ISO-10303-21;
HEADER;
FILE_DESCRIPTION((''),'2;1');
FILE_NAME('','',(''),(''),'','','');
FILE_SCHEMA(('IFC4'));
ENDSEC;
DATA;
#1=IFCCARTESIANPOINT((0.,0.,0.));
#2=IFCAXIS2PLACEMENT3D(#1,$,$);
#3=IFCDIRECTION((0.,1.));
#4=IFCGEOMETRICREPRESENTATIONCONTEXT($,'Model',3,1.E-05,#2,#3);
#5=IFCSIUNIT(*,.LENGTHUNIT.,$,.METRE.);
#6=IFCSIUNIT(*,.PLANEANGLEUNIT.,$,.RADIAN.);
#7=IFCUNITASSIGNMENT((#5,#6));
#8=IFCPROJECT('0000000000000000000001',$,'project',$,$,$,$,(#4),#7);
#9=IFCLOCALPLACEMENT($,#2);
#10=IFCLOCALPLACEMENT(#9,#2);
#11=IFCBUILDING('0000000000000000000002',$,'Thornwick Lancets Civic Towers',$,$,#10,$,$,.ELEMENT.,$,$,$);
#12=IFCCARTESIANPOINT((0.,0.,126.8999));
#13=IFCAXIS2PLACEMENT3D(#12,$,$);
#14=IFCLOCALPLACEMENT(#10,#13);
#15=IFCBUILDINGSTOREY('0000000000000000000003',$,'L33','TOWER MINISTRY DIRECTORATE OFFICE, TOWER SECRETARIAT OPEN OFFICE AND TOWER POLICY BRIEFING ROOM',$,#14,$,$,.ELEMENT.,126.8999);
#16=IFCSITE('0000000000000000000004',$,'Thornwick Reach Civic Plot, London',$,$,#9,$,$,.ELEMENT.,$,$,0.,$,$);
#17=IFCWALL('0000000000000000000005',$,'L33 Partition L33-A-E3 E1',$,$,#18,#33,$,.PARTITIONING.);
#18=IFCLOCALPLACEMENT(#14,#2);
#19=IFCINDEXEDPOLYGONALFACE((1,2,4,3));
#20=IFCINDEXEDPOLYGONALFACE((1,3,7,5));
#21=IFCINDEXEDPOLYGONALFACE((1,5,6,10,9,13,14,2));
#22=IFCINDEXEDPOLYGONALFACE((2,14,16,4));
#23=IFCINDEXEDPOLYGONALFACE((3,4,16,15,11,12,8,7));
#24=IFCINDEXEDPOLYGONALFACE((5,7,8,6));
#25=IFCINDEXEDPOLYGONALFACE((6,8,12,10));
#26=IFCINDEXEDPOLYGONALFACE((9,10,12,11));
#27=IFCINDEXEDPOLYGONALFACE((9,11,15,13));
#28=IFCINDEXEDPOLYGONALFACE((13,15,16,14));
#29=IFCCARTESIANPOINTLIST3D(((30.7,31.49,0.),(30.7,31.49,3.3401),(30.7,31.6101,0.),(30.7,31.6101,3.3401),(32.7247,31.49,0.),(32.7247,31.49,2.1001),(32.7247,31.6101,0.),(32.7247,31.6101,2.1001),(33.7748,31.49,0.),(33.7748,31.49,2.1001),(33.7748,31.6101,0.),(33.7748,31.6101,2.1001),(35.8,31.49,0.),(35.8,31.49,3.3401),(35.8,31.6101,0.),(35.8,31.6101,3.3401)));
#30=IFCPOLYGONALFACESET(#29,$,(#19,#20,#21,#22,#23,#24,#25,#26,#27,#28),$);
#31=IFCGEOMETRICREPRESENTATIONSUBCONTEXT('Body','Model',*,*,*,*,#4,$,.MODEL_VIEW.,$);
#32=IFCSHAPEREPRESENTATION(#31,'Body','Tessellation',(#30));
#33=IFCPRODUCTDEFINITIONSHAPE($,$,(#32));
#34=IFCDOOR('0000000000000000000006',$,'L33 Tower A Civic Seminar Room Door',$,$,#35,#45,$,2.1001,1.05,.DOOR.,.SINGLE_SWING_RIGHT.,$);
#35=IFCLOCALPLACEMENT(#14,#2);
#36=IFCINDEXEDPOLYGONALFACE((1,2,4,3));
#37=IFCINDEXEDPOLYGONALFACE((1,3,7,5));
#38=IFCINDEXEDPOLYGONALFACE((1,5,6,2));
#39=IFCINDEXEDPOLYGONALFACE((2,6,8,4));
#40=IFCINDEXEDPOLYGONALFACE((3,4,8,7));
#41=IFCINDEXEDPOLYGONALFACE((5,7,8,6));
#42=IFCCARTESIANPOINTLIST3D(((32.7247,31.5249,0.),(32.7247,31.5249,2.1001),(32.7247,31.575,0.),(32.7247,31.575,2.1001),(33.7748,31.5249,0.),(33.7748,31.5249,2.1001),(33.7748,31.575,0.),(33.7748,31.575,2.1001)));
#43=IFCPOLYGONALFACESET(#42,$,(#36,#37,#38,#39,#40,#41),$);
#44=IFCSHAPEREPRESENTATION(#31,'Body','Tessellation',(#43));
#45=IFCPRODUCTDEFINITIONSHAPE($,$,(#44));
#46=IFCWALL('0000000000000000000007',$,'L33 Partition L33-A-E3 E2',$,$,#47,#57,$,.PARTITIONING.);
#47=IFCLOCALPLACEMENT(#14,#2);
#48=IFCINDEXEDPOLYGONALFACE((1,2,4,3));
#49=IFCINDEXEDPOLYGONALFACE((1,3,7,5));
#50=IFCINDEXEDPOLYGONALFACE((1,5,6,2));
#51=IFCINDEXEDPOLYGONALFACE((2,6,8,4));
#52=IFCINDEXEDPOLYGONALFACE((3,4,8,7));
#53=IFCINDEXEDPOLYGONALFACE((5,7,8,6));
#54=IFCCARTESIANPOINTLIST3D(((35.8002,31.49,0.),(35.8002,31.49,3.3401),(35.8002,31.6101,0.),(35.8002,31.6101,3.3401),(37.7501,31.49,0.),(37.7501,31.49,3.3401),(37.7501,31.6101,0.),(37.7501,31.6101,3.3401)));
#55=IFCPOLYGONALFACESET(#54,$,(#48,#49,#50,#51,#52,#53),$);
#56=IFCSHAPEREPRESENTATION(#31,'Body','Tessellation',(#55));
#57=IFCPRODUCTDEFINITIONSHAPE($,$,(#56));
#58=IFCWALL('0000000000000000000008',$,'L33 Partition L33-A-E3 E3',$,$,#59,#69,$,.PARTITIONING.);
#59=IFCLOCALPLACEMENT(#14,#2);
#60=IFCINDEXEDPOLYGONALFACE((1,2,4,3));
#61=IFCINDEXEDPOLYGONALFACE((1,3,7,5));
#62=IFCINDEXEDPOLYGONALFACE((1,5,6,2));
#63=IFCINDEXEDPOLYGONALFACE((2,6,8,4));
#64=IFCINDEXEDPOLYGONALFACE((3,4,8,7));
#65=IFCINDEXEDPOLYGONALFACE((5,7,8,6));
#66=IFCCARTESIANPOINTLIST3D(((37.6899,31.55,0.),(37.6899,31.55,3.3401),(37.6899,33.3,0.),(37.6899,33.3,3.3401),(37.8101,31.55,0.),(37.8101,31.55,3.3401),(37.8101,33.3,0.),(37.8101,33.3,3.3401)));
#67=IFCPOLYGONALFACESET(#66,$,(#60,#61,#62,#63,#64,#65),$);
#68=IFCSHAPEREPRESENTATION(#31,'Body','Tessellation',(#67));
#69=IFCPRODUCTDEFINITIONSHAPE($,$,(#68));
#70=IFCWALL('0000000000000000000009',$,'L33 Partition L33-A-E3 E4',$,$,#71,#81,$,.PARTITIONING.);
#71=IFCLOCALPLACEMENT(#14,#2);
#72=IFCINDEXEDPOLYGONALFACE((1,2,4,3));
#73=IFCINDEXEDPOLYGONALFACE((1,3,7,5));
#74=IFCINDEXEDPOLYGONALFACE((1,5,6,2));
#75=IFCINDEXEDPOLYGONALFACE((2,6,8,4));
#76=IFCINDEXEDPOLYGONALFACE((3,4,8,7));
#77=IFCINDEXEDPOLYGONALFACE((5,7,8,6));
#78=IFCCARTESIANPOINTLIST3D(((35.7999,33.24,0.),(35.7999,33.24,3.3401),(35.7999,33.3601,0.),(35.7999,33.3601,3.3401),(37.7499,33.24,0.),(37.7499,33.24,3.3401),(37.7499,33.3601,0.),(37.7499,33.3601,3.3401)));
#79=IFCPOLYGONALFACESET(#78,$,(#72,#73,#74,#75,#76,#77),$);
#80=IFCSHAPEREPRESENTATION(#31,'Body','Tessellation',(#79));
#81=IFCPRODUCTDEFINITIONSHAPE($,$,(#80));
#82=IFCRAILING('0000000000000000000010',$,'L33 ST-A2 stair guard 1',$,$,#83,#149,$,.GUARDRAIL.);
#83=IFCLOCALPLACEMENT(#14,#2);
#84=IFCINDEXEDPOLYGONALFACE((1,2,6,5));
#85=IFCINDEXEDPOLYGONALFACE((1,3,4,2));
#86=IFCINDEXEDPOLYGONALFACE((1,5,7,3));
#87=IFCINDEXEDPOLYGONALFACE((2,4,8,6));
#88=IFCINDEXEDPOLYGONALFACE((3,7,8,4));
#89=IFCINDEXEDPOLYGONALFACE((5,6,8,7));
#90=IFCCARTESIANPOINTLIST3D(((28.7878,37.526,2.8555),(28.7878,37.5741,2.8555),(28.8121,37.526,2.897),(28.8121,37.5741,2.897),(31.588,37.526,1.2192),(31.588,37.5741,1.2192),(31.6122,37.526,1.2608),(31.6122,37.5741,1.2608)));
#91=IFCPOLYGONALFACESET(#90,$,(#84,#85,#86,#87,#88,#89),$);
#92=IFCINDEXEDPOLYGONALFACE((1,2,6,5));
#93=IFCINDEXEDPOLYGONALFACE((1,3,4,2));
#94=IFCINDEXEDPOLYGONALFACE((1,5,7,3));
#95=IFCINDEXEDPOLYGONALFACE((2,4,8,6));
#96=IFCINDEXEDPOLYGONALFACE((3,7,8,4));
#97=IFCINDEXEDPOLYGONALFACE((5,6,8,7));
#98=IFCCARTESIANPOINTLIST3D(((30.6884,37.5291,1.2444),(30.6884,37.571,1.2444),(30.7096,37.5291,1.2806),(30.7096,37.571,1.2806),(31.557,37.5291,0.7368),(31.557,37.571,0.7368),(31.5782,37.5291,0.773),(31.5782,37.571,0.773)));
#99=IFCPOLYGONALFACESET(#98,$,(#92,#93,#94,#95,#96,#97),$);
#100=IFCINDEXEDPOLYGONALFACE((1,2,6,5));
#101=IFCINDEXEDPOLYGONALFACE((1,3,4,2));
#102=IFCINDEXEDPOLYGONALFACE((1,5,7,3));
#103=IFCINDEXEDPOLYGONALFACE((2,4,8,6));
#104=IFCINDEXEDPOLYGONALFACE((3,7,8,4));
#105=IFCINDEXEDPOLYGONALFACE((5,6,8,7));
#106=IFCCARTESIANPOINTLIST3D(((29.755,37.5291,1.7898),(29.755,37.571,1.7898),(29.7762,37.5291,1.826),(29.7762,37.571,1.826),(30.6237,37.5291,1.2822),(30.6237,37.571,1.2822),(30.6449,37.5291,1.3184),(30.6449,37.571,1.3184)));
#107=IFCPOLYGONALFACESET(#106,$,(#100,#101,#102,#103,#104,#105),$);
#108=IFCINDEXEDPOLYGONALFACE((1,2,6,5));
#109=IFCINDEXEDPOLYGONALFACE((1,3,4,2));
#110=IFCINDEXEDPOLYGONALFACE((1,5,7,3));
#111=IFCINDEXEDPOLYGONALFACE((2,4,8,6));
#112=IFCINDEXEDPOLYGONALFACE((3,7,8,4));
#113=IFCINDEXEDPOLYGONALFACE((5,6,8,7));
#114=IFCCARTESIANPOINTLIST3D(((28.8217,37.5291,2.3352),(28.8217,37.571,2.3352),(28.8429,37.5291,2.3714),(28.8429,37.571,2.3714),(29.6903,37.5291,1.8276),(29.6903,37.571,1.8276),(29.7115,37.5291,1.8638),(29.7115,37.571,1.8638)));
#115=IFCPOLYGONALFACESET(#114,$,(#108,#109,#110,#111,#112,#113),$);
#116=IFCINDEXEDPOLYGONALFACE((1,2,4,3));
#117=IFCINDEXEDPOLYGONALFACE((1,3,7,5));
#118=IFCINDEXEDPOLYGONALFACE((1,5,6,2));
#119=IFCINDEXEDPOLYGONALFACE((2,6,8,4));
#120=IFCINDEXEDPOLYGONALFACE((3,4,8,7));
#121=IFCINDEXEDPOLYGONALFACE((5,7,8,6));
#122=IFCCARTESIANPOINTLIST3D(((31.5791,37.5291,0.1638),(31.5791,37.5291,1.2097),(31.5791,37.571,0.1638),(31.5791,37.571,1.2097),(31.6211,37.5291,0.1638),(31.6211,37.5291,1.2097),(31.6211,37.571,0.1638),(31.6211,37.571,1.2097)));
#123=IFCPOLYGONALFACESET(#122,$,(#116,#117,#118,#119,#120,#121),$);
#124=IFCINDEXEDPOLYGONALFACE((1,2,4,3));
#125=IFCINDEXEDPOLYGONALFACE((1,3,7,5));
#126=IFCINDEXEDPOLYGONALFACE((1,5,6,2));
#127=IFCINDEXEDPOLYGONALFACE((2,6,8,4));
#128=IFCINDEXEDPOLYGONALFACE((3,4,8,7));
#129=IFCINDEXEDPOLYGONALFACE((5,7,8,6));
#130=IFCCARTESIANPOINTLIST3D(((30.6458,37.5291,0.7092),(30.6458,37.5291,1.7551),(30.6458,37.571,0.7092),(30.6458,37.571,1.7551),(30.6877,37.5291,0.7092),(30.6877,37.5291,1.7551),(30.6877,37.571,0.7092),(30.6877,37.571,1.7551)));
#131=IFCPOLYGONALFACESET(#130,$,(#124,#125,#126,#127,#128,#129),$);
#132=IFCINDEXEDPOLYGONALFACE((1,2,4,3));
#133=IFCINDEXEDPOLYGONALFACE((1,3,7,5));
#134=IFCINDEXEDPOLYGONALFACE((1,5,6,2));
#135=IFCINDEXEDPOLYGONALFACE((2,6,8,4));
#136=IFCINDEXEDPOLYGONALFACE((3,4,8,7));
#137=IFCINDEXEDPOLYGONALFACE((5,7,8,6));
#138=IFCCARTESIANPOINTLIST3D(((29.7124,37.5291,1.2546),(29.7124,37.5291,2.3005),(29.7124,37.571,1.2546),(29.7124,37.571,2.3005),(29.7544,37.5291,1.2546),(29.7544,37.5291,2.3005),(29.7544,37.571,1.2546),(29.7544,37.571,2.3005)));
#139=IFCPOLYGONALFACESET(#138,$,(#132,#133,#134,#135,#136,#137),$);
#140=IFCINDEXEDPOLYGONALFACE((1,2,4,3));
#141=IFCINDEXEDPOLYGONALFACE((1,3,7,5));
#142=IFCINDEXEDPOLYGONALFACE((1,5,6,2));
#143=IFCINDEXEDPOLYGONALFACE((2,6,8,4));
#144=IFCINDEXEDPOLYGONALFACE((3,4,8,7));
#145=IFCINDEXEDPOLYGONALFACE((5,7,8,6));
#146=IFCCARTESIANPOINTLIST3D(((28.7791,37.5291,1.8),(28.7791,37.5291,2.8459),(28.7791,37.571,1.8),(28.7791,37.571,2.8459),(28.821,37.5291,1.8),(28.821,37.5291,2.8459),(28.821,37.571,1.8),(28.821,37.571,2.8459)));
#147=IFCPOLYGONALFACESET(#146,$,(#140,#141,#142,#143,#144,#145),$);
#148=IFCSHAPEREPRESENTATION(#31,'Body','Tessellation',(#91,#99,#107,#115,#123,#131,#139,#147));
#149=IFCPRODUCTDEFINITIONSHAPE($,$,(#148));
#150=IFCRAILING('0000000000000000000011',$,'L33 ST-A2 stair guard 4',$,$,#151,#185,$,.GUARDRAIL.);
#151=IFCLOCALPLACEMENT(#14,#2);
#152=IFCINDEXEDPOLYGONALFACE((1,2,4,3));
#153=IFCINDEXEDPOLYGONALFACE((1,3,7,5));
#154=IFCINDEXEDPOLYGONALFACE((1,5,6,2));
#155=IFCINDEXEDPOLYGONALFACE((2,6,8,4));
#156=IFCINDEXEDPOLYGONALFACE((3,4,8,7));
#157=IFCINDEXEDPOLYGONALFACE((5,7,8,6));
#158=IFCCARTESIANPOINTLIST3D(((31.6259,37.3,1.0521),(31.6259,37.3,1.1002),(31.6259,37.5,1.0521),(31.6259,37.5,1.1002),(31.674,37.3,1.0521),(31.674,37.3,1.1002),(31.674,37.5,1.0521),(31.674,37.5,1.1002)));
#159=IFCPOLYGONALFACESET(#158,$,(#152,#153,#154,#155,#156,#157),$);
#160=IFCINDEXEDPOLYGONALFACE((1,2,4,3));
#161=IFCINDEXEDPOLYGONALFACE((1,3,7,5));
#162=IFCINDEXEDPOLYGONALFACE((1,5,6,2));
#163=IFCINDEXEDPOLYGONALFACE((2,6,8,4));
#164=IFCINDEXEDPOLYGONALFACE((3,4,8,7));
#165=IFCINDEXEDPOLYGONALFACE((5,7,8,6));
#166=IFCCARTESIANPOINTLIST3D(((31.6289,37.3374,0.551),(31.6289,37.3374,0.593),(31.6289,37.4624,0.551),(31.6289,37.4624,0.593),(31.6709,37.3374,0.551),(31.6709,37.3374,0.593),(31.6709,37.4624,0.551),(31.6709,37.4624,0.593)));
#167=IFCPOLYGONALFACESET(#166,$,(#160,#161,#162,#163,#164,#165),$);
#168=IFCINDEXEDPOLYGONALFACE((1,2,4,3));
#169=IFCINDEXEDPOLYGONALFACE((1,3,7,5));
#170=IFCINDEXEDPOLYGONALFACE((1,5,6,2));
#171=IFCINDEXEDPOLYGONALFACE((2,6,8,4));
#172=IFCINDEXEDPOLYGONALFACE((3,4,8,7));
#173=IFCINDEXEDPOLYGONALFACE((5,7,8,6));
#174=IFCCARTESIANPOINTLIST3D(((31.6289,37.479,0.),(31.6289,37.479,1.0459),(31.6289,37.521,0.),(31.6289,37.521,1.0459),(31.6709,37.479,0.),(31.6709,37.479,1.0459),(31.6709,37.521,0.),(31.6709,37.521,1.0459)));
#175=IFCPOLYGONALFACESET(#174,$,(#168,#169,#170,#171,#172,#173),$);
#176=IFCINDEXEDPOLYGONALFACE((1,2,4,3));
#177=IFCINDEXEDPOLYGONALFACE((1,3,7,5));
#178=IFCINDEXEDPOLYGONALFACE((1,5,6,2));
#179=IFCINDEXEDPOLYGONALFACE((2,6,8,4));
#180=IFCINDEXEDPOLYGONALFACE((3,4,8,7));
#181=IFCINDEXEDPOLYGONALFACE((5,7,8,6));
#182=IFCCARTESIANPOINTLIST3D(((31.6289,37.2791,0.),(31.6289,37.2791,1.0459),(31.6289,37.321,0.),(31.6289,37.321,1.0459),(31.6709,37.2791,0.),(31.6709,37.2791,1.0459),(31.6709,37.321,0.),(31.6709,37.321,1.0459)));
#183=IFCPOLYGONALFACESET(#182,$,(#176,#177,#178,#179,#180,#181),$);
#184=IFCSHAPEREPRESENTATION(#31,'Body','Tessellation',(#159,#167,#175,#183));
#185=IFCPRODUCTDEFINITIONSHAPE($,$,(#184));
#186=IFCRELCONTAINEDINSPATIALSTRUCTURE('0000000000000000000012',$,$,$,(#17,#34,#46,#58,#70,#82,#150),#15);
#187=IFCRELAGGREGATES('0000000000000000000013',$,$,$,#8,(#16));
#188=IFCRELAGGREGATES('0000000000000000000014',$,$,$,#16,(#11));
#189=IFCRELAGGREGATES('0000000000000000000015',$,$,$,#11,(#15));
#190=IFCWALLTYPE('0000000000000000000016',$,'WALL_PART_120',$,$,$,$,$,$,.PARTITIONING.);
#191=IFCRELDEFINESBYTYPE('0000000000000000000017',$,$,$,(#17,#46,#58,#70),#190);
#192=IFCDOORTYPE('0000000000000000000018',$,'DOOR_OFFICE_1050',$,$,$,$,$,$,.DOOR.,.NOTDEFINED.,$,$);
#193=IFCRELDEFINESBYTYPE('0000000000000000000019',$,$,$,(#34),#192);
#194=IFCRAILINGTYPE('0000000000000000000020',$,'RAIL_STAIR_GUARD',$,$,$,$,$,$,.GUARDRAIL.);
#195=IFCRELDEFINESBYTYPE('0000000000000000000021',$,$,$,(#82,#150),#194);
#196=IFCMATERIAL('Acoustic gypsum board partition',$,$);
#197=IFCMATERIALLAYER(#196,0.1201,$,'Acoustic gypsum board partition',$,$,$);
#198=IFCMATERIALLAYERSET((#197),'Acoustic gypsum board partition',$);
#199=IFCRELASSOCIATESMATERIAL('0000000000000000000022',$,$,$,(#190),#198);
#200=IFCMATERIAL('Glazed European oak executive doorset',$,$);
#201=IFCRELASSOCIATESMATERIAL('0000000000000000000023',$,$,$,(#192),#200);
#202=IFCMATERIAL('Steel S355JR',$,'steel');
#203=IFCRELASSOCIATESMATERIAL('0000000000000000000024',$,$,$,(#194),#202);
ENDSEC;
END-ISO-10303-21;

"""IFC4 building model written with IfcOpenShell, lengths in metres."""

from ifc_helpers import new_model, si_unit, direction, frame, frame_2d, origin, origin_2d, place, context, subcontext, project, spatial, rectangle, extrude, material, layer, layer_set, type_object, element, fill, save


model = new_model("IFC4")

# Units and contexts
model_context = context("Model", 3, precision=1e-05, world=origin(), true_north=direction((0.0, 1.0)))
body_context = subcontext(model_context, "Body", "Model", "MODEL_VIEW")
ifc_project = project(units=[si_unit("LENGTHUNIT", "METRE"), si_unit("PLANEANGLEUNIT", "RADIAN")], contexts=[model_context])

# Site, building, storey
site_placement = place(None, origin())
site = spatial("IfcSite", under=ifc_project, at=site_placement, Name="Thornwick Reach Civic Plot, London", CompositionType="ELEMENT", RefElevation=0.0)
building_placement = place(site_placement, origin())
building = spatial("IfcBuilding", under=site, at=building_placement, Name="Thornwick Lancets Civic Towers", CompositionType="ELEMENT")
storey_placement = place(building_placement, frame((0.0, 0.0, 126.8999)))
storey = spatial("IfcBuildingStorey", under=building, at=storey_placement, Name="L33", Description="TOWER MINISTRY DIRECTORATE OFFICE, TOWER SECRETARIAT OPEN OFFICE AND TOWER POLICY BRIEFING ROOM", CompositionType="ELEMENT", Elevation=126.8999)

# Shared definitions
ifc_material_1 = material(Name="Steel S355JR", Category="steel")

# Wall, opening, door
ifc_material_2 = material(Name="Acoustic gypsum board partition")
ifc_layer_1 = layer(ifc_material_2, 0.1201, Name="Acoustic gypsum board partition")
ifc_layer_set_1 = layer_set([ifc_layer_1], Name="Acoustic gypsum board partition")
wall_type_1 = type_object("IfcWallType", Name="WALL_PART_120", PredefinedType="PARTITIONING", material=ifc_layer_set_1)
wall_1_placement = place(storey_placement, frame((30.7, 31.55, 0.0), z_axis=(0.0, 0.0, 1.0), x_axis=(1.0, 0.0, 0.0)))
wall_1 = element("IfcWall", 1, at=wall_1_placement, inside=storey, type_object=wall_type_1, Name="L33 Partition L33-A-E3 E1", PredefinedType="PARTITIONING", context=body_context, shape_type="SweptSolid", body=[
    extrude(rectangle(XDim=5.1001, YDim=0.1201, at=frame_2d((2.55, 0.0))), origin(), (0.0, 0.0, 1.0), 3.3401),
])
opening_1_placement = place(wall_1_placement, frame((2.0249, 0.0, 0.0)))
opening_1 = element("IfcOpeningElement", 2, at=opening_1_placement, cuts=wall_1, PredefinedType="OPENING", context=body_context, shape_type="SweptSolid", body=[
    extrude(rectangle(XDim=1.05, YDim=2.1001, at=frame_2d((0.5249, 1.05))), frame((0.0, 0.0701, 0.0), z_axis=(0.0, -1.0, 0.0), x_axis=(1.0, 0.0, 0.0)), (0.0, 0.0, 1.0), 0.1401),
])
ifc_material_3 = material(Name="Glazed European oak executive doorset")
door_type_1 = type_object("IfcDoorType", Name="DOOR_OFFICE_1050", OperationType="NOTDEFINED", PredefinedType="DOOR", material=ifc_material_3)
door_1_placement = place(opening_1_placement, origin())
door_1 = element("IfcDoor", 3, at=door_1_placement, inside=storey, type_object=door_type_1, Name="L33 Tower A Civic Seminar Room Door", OperationType="SINGLE_SWING_RIGHT", OverallHeight=2.1001, OverallWidth=1.05, PredefinedType="DOOR", context=body_context, shape_type="SweptSolid", body=[
    extrude(rectangle(XDim=1.05, YDim=2.1001, at=frame_2d((0.5249, 1.05))), frame((0.0, 0.0249, 0.0), z_axis=(0.0, -1.0, 0.0), x_axis=(1.0, 0.0, 0.0)), (0.0, 0.0, 1.0), 0.05),
])
fill(opening_1, door_1)

# Walls
wall_2_placement = place(storey_placement, frame((35.8, 31.55, 0.0), z_axis=(0.0, 0.0, 1.0), x_axis=(1.0, 0.0, 0.0)))
element("IfcWall", 4, at=wall_2_placement, inside=storey, type_object=wall_type_1, Name="L33 Partition L33-A-E3 E2", PredefinedType="PARTITIONING", context=body_context, shape_type="SweptSolid", body=[
    extrude(rectangle(XDim=1.95, YDim=0.1201, at=frame_2d((0.9751, 0.0))), origin(), (0.0, 0.0, 1.0), 3.3401),
])
wall_3_placement = place(storey_placement, frame((37.75, 31.55, 0.0), z_axis=(0.0, 0.0, 1.0), x_axis=(0.0, 1.0, 0.0)))
element("IfcWall", 5, at=wall_3_placement, inside=storey, type_object=wall_type_1, Name="L33 Partition L33-A-E3 E3", PredefinedType="PARTITIONING", context=body_context, shape_type="SweptSolid", body=[
    extrude(rectangle(XDim=1.75, YDim=0.1201, at=frame_2d((0.875, 0.0))), origin(), (0.0, 0.0, 1.0), 3.3401),
])
wall_4_placement = place(storey_placement, frame((37.75, 33.3, 0.0), z_axis=(0.0, 0.0, 1.0), x_axis=(-1.0, 0.0, 0.0)))
element("IfcWall", 6, at=wall_4_placement, inside=storey, type_object=wall_type_1, Name="L33 Partition L33-A-E3 E4", PredefinedType="PARTITIONING", context=body_context, shape_type="SweptSolid", body=[
    extrude(rectangle(XDim=1.95, YDim=0.1201, at=frame_2d((0.9751, 0.0))), origin(), (0.0, 0.0, 1.0), 3.3401),
])

# Railings
railing_type = type_object("IfcRailingType", Name="RAIL_STAIR_GUARD", PredefinedType="GUARDRAIL", material=ifc_material_1)
railing_1_placement = place(storey_placement, frame((31.6001, 37.55, 0.1638)))
element("IfcRailing", 7, at=railing_1_placement, inside=storey, type_object=railing_type, Name="L33 ST-A2 stair guard 1", PredefinedType="GUARDRAIL", context=body_context, shape_type="SweptSolid", body=[
    extrude(rectangle(XDim=0.0481, YDim=0.0481, at=origin_2d()), frame((0.0, 0.0, 1.0762), z_axis=(-0.863394, 0.0, 0.504531), x_axis=(0.0, -1.0, 0.0)), (0.0, 0.0, 1.0), 3.2432),
    extrude(rectangle(XDim=0.042, YDim=0.042, at=origin_2d()), frame((-0.0325, 0.0, 0.5911), z_axis=(-0.863394, 0.0, 0.504531), x_axis=(0.0, -1.0, 0.0)), (0.0, 0.0, 1.0), 1.0061),
    extrude(rectangle(XDim=0.042, YDim=0.042, at=origin_2d()), frame((-0.9658, 0.0, 1.1365), z_axis=(-0.863394, 0.0, 0.504531), x_axis=(0.0, -1.0, 0.0)), (0.0, 0.0, 1.0), 1.0061),
    extrude(rectangle(XDim=0.042, YDim=0.042, at=origin_2d()), frame((-1.8992, 0.0, 1.6819), z_axis=(-0.863394, 0.0, 0.504531), x_axis=(0.0, -1.0, 0.0)), (0.0, 0.0, 1.0), 1.0061),
    extrude(rectangle(XDim=0.042, YDim=0.042, at=origin_2d()), origin(), (0.0, 0.0, 1.0), 1.0459),
    extrude(rectangle(XDim=0.042, YDim=0.042, at=origin_2d()), frame((-0.9333, 0.0, 0.5454)), (0.0, 0.0, 1.0), 1.0459),
    extrude(rectangle(XDim=0.042, YDim=0.042, at=origin_2d()), frame((-1.8667, 0.0, 1.0908)), (0.0, 0.0, 1.0), 1.0459),
    extrude(rectangle(XDim=0.042, YDim=0.042, at=origin_2d()), frame((-2.8, 0.0, 1.6362)), (0.0, 0.0, 1.0), 1.0459),
])
railing_2_placement = place(storey_placement, frame((31.6499, 37.5, 0.0)))
element("IfcRailing", 8, at=railing_2_placement, inside=storey, type_object=railing_type, Name="L33 ST-A2 stair guard 4", PredefinedType="GUARDRAIL", context=body_context, shape_type="SweptSolid", body=[
    extrude(rectangle(XDim=0.0481, YDim=0.0481, at=origin_2d()), frame((0.0, 0.0, 1.0762), z_axis=(0.0, -1.0, 0.0), x_axis=(1.0, 0.0, 0.0)), (0.0, 0.0, 1.0), 0.2),
    extrude(rectangle(XDim=0.042, YDim=0.042, at=origin_2d()), frame((0.0, -0.0376, 0.572), z_axis=(0.0, -1.0, 0.0), x_axis=(1.0, 0.0, 0.0)), (0.0, 0.0, 1.0), 0.125),
    extrude(rectangle(XDim=0.042, YDim=0.042, at=origin_2d()), origin(), (0.0, 0.0, 1.0), 1.0459),
    extrude(rectangle(XDim=0.042, YDim=0.042, at=origin_2d()), frame((0.0, -0.2, 0.0)), (0.0, 0.0, 1.0), 1.0459),
])

save(model, "model.ifc")
